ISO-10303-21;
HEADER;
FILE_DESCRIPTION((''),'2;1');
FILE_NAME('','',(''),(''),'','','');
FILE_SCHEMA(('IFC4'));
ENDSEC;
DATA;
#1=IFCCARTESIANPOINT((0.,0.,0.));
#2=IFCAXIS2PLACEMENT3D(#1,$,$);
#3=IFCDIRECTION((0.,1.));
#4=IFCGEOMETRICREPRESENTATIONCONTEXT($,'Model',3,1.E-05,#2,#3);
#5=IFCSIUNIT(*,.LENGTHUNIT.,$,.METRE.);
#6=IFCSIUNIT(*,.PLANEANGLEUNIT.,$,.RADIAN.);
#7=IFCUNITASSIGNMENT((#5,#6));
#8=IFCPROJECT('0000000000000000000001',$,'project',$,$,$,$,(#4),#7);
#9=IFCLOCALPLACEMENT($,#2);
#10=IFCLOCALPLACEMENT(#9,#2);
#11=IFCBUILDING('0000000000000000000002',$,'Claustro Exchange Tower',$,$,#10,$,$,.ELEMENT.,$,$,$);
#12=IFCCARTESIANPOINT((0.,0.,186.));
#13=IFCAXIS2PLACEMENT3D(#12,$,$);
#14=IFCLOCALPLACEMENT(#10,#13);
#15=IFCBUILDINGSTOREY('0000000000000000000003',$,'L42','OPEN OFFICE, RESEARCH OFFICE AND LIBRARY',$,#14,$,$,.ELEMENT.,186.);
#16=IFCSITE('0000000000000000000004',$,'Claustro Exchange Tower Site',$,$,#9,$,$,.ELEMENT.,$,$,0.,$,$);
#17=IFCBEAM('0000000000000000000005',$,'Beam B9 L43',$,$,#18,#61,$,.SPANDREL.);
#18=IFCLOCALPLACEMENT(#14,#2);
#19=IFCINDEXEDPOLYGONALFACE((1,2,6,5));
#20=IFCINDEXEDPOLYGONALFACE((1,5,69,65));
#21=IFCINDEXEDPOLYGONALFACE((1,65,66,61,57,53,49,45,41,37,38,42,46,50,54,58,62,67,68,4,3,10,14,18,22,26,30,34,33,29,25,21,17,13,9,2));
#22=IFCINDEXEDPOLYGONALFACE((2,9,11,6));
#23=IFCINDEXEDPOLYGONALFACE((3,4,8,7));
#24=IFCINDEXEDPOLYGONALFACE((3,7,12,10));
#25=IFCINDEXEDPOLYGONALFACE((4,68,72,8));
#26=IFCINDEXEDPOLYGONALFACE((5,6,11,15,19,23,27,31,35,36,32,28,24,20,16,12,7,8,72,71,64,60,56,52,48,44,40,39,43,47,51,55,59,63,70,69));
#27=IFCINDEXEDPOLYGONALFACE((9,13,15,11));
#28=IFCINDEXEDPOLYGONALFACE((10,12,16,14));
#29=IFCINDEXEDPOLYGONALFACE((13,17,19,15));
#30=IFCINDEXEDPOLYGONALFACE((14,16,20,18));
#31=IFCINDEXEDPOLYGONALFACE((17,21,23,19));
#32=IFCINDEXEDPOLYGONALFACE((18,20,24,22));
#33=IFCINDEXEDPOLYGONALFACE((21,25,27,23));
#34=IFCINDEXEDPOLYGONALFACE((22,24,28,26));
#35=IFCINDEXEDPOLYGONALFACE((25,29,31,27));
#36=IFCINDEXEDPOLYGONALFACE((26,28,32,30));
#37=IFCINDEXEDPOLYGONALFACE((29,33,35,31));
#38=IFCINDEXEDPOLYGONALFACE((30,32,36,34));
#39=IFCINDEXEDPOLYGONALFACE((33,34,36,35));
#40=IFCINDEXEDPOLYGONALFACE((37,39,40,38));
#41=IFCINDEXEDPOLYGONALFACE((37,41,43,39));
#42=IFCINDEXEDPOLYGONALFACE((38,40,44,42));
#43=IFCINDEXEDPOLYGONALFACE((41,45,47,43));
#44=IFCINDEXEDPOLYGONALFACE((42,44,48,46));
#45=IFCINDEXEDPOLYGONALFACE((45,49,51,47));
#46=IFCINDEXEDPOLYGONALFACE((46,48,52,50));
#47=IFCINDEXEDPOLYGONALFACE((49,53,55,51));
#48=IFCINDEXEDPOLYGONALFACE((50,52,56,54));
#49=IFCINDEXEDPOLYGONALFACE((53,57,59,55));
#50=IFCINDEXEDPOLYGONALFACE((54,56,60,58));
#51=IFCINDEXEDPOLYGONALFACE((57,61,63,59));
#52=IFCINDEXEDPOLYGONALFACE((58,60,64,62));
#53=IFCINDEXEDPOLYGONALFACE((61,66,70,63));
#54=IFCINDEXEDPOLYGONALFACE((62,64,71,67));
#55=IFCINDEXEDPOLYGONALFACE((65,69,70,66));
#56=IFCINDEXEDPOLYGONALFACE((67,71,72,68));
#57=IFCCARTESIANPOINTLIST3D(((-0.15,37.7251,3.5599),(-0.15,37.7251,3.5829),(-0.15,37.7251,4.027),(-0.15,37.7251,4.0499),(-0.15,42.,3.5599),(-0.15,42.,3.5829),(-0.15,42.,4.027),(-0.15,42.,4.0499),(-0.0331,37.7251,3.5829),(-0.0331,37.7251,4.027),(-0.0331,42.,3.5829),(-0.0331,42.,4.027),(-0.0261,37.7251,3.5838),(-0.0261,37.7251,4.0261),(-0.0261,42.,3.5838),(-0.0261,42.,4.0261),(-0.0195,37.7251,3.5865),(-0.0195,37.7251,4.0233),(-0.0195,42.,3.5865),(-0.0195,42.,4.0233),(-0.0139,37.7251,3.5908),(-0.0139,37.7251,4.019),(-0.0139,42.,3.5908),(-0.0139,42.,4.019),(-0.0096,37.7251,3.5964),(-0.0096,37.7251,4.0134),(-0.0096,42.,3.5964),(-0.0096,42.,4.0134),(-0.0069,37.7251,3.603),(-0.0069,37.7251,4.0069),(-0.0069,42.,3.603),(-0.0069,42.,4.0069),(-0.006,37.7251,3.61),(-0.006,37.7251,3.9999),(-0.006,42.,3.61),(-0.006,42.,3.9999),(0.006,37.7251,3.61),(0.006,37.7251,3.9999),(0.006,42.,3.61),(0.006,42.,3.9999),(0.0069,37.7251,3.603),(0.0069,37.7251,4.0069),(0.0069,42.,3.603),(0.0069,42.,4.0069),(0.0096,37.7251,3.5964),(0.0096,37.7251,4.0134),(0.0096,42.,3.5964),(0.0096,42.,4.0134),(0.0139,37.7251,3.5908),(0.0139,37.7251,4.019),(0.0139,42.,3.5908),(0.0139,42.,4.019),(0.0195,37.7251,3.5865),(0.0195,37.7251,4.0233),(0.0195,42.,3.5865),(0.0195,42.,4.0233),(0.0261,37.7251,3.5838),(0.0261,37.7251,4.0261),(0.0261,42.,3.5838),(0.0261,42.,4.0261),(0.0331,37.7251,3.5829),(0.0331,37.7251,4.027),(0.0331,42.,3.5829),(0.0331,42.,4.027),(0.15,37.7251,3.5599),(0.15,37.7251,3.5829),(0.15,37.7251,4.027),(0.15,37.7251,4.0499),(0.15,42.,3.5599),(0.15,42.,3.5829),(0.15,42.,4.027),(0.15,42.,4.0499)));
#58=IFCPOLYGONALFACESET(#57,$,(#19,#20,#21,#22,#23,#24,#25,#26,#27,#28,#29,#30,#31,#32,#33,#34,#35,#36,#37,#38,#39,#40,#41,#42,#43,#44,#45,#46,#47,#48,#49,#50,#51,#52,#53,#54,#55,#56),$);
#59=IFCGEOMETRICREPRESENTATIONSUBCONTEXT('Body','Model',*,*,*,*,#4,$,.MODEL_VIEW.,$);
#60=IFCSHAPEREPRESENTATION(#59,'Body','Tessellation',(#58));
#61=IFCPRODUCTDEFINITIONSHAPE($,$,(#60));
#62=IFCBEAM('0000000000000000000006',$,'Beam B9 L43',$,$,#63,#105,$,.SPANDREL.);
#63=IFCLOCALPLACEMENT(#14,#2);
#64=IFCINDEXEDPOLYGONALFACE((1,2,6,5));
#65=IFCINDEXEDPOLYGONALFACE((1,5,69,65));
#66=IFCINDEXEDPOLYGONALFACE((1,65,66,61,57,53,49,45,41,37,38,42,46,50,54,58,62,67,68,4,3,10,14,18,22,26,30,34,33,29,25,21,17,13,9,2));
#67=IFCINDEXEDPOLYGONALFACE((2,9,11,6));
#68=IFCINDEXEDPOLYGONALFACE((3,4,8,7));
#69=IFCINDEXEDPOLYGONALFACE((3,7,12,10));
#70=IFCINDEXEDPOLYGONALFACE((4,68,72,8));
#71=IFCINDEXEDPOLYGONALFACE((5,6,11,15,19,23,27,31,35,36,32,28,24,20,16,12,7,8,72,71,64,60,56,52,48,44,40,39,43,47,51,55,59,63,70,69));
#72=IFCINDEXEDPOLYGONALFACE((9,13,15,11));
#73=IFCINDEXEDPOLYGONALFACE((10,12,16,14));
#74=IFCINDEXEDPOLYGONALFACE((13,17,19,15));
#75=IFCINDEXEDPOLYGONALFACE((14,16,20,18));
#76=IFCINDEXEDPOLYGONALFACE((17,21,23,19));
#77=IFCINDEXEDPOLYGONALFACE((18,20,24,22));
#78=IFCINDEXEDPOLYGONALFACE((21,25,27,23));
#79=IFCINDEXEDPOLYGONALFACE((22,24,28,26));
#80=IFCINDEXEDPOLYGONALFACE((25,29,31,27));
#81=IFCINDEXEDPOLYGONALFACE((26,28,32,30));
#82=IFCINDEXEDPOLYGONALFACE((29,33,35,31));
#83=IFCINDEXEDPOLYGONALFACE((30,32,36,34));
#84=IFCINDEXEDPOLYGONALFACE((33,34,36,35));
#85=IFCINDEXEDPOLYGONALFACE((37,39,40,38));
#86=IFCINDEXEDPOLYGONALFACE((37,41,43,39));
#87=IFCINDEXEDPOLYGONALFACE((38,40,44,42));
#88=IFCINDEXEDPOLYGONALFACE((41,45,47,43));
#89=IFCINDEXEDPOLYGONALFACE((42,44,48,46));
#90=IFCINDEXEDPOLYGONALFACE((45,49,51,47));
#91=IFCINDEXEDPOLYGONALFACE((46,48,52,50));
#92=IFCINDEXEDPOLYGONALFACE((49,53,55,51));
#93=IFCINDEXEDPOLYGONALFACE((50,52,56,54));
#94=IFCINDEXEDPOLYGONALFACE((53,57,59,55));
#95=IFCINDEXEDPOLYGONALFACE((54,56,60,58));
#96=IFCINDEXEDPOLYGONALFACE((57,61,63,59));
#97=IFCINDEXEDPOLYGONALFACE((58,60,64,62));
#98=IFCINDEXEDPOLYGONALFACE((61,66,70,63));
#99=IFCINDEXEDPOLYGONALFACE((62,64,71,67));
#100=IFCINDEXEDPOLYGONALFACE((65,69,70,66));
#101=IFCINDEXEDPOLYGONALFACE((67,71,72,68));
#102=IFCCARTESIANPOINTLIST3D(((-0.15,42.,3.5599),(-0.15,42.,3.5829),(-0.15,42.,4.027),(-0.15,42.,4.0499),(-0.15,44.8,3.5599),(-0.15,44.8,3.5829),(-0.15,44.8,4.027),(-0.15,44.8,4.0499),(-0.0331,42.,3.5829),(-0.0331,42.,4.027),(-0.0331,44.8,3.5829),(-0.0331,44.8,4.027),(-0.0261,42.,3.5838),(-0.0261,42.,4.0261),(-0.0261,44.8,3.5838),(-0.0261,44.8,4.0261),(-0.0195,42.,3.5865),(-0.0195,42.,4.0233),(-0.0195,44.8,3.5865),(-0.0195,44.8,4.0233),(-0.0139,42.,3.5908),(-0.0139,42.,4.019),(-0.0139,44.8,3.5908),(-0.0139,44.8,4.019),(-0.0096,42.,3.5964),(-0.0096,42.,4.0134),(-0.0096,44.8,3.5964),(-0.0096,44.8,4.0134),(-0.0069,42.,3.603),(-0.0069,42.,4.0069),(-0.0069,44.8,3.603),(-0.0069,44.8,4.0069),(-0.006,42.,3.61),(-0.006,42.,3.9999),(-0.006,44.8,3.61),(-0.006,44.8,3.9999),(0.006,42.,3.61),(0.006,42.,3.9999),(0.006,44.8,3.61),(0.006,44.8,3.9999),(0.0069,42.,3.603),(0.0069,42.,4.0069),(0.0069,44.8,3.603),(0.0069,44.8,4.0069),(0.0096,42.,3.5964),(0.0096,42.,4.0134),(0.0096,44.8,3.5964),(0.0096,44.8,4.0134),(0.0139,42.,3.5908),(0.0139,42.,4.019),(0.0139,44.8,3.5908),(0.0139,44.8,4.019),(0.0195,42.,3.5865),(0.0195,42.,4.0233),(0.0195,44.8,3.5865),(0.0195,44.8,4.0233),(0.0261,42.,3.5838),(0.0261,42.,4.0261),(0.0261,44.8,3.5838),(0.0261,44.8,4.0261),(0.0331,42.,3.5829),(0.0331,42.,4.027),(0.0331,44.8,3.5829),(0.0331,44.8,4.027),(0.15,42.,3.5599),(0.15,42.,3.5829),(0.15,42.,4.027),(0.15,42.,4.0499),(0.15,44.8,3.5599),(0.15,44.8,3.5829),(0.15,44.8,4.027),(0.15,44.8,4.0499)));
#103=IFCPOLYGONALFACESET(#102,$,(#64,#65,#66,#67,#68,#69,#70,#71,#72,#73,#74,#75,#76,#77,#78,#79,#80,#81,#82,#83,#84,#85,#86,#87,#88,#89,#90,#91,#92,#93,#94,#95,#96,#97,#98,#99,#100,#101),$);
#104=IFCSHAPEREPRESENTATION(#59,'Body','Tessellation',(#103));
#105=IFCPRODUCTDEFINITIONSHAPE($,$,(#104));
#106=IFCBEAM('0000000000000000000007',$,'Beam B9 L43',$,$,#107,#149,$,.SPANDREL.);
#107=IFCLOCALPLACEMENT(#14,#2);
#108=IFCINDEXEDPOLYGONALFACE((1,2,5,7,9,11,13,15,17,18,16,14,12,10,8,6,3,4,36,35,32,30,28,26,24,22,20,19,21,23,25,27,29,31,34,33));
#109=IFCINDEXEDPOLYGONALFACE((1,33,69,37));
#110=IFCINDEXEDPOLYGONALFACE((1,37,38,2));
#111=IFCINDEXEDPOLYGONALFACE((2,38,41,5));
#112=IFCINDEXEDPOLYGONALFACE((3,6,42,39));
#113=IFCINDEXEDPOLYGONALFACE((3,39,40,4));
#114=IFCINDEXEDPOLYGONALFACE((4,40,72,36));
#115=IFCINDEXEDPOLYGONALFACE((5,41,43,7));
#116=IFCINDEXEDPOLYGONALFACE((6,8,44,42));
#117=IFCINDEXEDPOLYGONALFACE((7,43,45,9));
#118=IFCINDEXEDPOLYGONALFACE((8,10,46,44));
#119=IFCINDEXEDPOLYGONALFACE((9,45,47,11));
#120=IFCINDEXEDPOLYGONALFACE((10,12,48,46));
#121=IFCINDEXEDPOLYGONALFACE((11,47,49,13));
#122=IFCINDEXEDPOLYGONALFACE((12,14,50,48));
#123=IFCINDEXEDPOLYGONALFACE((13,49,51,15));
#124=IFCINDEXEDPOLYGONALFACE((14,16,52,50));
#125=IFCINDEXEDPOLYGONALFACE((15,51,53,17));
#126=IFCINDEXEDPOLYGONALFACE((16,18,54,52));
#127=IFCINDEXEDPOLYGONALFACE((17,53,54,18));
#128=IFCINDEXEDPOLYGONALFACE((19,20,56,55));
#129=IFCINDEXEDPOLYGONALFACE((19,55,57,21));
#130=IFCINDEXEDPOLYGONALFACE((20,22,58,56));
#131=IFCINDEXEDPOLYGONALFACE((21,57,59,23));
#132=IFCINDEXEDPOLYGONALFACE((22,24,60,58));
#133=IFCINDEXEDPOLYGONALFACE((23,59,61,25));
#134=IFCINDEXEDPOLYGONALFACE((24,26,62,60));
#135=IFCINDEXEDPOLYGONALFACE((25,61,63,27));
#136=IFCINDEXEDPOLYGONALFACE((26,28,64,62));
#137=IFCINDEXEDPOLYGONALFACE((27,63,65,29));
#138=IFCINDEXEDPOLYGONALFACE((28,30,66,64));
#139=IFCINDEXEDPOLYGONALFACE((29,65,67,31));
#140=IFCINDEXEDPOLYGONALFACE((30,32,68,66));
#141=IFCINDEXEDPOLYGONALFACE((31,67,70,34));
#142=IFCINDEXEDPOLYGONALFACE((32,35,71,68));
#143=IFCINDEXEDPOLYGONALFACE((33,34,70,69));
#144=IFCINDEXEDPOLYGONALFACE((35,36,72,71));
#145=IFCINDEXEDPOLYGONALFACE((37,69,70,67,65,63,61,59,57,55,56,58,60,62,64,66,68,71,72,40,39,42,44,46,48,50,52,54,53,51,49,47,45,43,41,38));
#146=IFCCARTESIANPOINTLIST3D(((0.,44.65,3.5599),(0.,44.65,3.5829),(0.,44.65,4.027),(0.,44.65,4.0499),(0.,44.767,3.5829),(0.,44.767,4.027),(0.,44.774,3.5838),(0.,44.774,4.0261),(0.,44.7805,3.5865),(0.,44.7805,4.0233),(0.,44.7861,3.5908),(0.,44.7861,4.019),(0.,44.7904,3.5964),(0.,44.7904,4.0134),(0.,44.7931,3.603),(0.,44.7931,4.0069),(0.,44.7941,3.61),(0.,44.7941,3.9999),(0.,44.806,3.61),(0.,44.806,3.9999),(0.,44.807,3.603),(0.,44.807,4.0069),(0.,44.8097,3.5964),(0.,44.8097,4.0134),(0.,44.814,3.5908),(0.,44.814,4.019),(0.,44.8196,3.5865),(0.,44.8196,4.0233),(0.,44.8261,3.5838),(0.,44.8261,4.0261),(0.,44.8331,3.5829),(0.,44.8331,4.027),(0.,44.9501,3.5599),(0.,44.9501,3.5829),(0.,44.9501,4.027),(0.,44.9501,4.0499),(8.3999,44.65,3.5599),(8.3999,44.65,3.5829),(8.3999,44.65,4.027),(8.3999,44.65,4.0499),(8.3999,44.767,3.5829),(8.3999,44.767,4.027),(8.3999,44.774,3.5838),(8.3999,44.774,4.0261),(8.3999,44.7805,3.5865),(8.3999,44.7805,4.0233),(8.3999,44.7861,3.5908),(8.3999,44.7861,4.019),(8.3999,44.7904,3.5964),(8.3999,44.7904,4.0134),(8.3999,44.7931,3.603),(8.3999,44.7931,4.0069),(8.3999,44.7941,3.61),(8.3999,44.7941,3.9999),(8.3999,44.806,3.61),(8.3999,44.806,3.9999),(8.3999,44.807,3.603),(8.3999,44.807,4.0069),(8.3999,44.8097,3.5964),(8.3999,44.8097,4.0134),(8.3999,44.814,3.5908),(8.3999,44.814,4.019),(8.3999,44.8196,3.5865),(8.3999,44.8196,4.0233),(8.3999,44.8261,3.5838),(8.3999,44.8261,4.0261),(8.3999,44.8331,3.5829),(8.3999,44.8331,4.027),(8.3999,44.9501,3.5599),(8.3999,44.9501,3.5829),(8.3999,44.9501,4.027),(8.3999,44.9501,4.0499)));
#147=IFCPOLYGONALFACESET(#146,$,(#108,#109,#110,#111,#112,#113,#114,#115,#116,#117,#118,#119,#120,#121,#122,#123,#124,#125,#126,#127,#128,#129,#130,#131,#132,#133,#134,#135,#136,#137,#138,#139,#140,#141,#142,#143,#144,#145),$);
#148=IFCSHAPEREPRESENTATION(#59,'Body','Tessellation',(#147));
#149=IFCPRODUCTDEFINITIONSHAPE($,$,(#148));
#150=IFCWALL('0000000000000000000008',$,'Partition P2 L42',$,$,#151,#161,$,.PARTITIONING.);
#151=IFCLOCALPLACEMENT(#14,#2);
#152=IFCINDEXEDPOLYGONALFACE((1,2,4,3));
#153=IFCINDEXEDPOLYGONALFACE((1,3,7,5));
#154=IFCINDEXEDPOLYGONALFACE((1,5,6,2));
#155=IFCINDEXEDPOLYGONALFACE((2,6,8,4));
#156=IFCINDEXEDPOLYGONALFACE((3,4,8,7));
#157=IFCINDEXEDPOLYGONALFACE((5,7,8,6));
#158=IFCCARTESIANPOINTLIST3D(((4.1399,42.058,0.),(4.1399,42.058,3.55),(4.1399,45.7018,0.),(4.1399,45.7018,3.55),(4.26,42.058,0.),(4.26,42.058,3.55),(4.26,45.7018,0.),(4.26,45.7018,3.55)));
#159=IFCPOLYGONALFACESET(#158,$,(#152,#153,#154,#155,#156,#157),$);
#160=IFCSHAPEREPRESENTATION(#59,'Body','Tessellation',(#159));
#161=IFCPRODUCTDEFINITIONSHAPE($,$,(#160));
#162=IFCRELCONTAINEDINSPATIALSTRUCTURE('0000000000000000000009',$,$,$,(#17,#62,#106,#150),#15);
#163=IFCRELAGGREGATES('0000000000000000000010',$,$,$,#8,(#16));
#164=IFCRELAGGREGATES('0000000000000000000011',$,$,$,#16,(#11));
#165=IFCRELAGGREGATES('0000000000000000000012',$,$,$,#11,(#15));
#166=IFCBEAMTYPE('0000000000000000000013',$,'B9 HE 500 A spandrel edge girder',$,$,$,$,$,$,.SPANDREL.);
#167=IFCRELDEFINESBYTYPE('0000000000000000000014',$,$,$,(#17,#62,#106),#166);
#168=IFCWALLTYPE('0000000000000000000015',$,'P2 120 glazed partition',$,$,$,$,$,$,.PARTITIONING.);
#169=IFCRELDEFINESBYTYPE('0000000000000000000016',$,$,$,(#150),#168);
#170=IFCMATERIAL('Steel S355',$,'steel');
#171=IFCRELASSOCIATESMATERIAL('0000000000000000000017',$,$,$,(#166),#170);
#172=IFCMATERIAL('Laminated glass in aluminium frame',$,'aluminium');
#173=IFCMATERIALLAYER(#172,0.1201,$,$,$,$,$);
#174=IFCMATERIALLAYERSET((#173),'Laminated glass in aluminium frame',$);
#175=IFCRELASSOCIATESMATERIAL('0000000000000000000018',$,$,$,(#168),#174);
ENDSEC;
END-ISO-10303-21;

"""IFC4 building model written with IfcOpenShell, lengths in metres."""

from ifc_helpers import new_model, si_unit, direction, frame, frame_2d, origin, origin_2d, place, context, subcontext, project, spatial, rectangle, i_section, extrude, material, layer, layer_set, material_profile, profile_set, type_object, element, save


model = new_model("IFC4")

# Units and contexts
model_context = context("Model", 3, precision=1e-05, world=origin(), true_north=direction((0.0, 1.0)))
body_context = subcontext(model_context, "Body", "Model", "MODEL_VIEW")
ifc_project = project(units=[si_unit("LENGTHUNIT", "METRE"), si_unit("PLANEANGLEUNIT", "RADIAN")], contexts=[model_context])

# Site, building, storey
site_placement = place(None, origin())
site = spatial("IfcSite", under=ifc_project, at=site_placement, Name="Claustro Exchange Tower Site", CompositionType="ELEMENT", RefElevation=0.0)
building_placement = place(site_placement, origin())
building = spatial("IfcBuilding", under=site, at=building_placement, Name="Claustro Exchange Tower", CompositionType="ELEMENT")
storey_placement = place(building_placement, frame((0.0, 0.0, 186.0)))
storey = spatial("IfcBuildingStorey", under=building, at=storey_placement, Name="L42", Description="OPEN OFFICE, RESEARCH OFFICE AND LIBRARY", CompositionType="ELEMENT", Elevation=186.0)

# Beams
ifc_material_1 = material(Name="Steel S355", Category="steel")
ifc_material_profile_1 = material_profile(ifc_material_1, i_section(OverallWidth=0.3, OverallDepth=0.49, WebThickness=0.012, FlangeThickness=0.0229, FilletRadius=0.0271, at=origin_2d()), Name="HE 500 A")
ifc_profile_set_1 = profile_set([ifc_material_profile_1], Name="Steel S355")
beam_type_1 = type_object("IfcBeamType", Name="B9 HE 500 A spandrel edge girder", PredefinedType="SPANDREL", material=ifc_profile_set_1)
beam_1_placement = place(storey_placement, frame((0.0, 37.7251, 3.8049), z_axis=(0.0, 1.0, 0.0), x_axis=(-1.0, 0.0, 0.0)))
element("IfcBeam", 1, at=beam_1_placement, inside=storey, type_object=beam_type_1, Name="Beam B9 L43", PredefinedType="SPANDREL", context=body_context, shape_type="SweptSolid", body=[
    extrude(i_section(OverallWidth=0.3, OverallDepth=0.49, WebThickness=0.012, FlangeThickness=0.0229, FilletRadius=0.0271, at=origin_2d()), origin(), (0.0, 0.0, 1.0), 4.2749),
])
beam_2_placement = place(storey_placement, frame((0.0, 42.0, 3.8049), z_axis=(0.0, 1.0, 0.0), x_axis=(-1.0, 0.0, 0.0)))
element("IfcBeam", 2, at=beam_2_placement, inside=storey, type_object=beam_type_1, Name="Beam B9 L43", PredefinedType="SPANDREL", context=body_context, shape_type="SweptSolid", body=[
    extrude(i_section(OverallWidth=0.3, OverallDepth=0.49, WebThickness=0.012, FlangeThickness=0.0229, FilletRadius=0.0271, at=origin_2d()), origin(), (0.0, 0.0, 1.0), 2.8),
])
beam_3_placement = place(storey_placement, frame((0.0, 44.8, 3.8049), z_axis=(1.0, 0.0, 0.0), x_axis=(0.0, 1.0, 0.0)))
element("IfcBeam", 3, at=beam_3_placement, inside=storey, type_object=beam_type_1, Name="Beam B9 L43", PredefinedType="SPANDREL", context=body_context, shape_type="SweptSolid", body=[
    extrude(i_section(OverallWidth=0.3, OverallDepth=0.49, WebThickness=0.012, FlangeThickness=0.0229, FilletRadius=0.0271, at=origin_2d()), origin(), (0.0, 0.0, 1.0), 8.3999),
])

# Shared definitions
ifc_material_2 = material(Name="Laminated glass in aluminium frame", Category="aluminium")
ifc_layer_1 = layer(ifc_material_2, 0.1201)
ifc_layer_set_1 = layer_set([ifc_layer_1], Name="Laminated glass in aluminium frame")
wall_type_1 = type_object("IfcWallType", Name="P2 120 glazed partition", PredefinedType="PARTITIONING", material=ifc_layer_set_1)

# Wall
wall_1_placement = place(storey_placement, frame((4.2, 42.0581, 0.0), z_axis=(0.0, 0.0, 1.0), x_axis=(0.0, 1.0, 0.0)))
element("IfcWall", 4, at=wall_1_placement, inside=storey, type_object=wall_type_1, Name="Partition P2 L42", PredefinedType="PARTITIONING", context=body_context, shape_type="SweptSolid", body=[
    extrude(rectangle(XDim=3.6438, YDim=0.1201, at=frame_2d((1.8218, 0.0))), origin(), (0.0, 0.0, 1.0), 3.55),
])

save(model, "model.ifc")
